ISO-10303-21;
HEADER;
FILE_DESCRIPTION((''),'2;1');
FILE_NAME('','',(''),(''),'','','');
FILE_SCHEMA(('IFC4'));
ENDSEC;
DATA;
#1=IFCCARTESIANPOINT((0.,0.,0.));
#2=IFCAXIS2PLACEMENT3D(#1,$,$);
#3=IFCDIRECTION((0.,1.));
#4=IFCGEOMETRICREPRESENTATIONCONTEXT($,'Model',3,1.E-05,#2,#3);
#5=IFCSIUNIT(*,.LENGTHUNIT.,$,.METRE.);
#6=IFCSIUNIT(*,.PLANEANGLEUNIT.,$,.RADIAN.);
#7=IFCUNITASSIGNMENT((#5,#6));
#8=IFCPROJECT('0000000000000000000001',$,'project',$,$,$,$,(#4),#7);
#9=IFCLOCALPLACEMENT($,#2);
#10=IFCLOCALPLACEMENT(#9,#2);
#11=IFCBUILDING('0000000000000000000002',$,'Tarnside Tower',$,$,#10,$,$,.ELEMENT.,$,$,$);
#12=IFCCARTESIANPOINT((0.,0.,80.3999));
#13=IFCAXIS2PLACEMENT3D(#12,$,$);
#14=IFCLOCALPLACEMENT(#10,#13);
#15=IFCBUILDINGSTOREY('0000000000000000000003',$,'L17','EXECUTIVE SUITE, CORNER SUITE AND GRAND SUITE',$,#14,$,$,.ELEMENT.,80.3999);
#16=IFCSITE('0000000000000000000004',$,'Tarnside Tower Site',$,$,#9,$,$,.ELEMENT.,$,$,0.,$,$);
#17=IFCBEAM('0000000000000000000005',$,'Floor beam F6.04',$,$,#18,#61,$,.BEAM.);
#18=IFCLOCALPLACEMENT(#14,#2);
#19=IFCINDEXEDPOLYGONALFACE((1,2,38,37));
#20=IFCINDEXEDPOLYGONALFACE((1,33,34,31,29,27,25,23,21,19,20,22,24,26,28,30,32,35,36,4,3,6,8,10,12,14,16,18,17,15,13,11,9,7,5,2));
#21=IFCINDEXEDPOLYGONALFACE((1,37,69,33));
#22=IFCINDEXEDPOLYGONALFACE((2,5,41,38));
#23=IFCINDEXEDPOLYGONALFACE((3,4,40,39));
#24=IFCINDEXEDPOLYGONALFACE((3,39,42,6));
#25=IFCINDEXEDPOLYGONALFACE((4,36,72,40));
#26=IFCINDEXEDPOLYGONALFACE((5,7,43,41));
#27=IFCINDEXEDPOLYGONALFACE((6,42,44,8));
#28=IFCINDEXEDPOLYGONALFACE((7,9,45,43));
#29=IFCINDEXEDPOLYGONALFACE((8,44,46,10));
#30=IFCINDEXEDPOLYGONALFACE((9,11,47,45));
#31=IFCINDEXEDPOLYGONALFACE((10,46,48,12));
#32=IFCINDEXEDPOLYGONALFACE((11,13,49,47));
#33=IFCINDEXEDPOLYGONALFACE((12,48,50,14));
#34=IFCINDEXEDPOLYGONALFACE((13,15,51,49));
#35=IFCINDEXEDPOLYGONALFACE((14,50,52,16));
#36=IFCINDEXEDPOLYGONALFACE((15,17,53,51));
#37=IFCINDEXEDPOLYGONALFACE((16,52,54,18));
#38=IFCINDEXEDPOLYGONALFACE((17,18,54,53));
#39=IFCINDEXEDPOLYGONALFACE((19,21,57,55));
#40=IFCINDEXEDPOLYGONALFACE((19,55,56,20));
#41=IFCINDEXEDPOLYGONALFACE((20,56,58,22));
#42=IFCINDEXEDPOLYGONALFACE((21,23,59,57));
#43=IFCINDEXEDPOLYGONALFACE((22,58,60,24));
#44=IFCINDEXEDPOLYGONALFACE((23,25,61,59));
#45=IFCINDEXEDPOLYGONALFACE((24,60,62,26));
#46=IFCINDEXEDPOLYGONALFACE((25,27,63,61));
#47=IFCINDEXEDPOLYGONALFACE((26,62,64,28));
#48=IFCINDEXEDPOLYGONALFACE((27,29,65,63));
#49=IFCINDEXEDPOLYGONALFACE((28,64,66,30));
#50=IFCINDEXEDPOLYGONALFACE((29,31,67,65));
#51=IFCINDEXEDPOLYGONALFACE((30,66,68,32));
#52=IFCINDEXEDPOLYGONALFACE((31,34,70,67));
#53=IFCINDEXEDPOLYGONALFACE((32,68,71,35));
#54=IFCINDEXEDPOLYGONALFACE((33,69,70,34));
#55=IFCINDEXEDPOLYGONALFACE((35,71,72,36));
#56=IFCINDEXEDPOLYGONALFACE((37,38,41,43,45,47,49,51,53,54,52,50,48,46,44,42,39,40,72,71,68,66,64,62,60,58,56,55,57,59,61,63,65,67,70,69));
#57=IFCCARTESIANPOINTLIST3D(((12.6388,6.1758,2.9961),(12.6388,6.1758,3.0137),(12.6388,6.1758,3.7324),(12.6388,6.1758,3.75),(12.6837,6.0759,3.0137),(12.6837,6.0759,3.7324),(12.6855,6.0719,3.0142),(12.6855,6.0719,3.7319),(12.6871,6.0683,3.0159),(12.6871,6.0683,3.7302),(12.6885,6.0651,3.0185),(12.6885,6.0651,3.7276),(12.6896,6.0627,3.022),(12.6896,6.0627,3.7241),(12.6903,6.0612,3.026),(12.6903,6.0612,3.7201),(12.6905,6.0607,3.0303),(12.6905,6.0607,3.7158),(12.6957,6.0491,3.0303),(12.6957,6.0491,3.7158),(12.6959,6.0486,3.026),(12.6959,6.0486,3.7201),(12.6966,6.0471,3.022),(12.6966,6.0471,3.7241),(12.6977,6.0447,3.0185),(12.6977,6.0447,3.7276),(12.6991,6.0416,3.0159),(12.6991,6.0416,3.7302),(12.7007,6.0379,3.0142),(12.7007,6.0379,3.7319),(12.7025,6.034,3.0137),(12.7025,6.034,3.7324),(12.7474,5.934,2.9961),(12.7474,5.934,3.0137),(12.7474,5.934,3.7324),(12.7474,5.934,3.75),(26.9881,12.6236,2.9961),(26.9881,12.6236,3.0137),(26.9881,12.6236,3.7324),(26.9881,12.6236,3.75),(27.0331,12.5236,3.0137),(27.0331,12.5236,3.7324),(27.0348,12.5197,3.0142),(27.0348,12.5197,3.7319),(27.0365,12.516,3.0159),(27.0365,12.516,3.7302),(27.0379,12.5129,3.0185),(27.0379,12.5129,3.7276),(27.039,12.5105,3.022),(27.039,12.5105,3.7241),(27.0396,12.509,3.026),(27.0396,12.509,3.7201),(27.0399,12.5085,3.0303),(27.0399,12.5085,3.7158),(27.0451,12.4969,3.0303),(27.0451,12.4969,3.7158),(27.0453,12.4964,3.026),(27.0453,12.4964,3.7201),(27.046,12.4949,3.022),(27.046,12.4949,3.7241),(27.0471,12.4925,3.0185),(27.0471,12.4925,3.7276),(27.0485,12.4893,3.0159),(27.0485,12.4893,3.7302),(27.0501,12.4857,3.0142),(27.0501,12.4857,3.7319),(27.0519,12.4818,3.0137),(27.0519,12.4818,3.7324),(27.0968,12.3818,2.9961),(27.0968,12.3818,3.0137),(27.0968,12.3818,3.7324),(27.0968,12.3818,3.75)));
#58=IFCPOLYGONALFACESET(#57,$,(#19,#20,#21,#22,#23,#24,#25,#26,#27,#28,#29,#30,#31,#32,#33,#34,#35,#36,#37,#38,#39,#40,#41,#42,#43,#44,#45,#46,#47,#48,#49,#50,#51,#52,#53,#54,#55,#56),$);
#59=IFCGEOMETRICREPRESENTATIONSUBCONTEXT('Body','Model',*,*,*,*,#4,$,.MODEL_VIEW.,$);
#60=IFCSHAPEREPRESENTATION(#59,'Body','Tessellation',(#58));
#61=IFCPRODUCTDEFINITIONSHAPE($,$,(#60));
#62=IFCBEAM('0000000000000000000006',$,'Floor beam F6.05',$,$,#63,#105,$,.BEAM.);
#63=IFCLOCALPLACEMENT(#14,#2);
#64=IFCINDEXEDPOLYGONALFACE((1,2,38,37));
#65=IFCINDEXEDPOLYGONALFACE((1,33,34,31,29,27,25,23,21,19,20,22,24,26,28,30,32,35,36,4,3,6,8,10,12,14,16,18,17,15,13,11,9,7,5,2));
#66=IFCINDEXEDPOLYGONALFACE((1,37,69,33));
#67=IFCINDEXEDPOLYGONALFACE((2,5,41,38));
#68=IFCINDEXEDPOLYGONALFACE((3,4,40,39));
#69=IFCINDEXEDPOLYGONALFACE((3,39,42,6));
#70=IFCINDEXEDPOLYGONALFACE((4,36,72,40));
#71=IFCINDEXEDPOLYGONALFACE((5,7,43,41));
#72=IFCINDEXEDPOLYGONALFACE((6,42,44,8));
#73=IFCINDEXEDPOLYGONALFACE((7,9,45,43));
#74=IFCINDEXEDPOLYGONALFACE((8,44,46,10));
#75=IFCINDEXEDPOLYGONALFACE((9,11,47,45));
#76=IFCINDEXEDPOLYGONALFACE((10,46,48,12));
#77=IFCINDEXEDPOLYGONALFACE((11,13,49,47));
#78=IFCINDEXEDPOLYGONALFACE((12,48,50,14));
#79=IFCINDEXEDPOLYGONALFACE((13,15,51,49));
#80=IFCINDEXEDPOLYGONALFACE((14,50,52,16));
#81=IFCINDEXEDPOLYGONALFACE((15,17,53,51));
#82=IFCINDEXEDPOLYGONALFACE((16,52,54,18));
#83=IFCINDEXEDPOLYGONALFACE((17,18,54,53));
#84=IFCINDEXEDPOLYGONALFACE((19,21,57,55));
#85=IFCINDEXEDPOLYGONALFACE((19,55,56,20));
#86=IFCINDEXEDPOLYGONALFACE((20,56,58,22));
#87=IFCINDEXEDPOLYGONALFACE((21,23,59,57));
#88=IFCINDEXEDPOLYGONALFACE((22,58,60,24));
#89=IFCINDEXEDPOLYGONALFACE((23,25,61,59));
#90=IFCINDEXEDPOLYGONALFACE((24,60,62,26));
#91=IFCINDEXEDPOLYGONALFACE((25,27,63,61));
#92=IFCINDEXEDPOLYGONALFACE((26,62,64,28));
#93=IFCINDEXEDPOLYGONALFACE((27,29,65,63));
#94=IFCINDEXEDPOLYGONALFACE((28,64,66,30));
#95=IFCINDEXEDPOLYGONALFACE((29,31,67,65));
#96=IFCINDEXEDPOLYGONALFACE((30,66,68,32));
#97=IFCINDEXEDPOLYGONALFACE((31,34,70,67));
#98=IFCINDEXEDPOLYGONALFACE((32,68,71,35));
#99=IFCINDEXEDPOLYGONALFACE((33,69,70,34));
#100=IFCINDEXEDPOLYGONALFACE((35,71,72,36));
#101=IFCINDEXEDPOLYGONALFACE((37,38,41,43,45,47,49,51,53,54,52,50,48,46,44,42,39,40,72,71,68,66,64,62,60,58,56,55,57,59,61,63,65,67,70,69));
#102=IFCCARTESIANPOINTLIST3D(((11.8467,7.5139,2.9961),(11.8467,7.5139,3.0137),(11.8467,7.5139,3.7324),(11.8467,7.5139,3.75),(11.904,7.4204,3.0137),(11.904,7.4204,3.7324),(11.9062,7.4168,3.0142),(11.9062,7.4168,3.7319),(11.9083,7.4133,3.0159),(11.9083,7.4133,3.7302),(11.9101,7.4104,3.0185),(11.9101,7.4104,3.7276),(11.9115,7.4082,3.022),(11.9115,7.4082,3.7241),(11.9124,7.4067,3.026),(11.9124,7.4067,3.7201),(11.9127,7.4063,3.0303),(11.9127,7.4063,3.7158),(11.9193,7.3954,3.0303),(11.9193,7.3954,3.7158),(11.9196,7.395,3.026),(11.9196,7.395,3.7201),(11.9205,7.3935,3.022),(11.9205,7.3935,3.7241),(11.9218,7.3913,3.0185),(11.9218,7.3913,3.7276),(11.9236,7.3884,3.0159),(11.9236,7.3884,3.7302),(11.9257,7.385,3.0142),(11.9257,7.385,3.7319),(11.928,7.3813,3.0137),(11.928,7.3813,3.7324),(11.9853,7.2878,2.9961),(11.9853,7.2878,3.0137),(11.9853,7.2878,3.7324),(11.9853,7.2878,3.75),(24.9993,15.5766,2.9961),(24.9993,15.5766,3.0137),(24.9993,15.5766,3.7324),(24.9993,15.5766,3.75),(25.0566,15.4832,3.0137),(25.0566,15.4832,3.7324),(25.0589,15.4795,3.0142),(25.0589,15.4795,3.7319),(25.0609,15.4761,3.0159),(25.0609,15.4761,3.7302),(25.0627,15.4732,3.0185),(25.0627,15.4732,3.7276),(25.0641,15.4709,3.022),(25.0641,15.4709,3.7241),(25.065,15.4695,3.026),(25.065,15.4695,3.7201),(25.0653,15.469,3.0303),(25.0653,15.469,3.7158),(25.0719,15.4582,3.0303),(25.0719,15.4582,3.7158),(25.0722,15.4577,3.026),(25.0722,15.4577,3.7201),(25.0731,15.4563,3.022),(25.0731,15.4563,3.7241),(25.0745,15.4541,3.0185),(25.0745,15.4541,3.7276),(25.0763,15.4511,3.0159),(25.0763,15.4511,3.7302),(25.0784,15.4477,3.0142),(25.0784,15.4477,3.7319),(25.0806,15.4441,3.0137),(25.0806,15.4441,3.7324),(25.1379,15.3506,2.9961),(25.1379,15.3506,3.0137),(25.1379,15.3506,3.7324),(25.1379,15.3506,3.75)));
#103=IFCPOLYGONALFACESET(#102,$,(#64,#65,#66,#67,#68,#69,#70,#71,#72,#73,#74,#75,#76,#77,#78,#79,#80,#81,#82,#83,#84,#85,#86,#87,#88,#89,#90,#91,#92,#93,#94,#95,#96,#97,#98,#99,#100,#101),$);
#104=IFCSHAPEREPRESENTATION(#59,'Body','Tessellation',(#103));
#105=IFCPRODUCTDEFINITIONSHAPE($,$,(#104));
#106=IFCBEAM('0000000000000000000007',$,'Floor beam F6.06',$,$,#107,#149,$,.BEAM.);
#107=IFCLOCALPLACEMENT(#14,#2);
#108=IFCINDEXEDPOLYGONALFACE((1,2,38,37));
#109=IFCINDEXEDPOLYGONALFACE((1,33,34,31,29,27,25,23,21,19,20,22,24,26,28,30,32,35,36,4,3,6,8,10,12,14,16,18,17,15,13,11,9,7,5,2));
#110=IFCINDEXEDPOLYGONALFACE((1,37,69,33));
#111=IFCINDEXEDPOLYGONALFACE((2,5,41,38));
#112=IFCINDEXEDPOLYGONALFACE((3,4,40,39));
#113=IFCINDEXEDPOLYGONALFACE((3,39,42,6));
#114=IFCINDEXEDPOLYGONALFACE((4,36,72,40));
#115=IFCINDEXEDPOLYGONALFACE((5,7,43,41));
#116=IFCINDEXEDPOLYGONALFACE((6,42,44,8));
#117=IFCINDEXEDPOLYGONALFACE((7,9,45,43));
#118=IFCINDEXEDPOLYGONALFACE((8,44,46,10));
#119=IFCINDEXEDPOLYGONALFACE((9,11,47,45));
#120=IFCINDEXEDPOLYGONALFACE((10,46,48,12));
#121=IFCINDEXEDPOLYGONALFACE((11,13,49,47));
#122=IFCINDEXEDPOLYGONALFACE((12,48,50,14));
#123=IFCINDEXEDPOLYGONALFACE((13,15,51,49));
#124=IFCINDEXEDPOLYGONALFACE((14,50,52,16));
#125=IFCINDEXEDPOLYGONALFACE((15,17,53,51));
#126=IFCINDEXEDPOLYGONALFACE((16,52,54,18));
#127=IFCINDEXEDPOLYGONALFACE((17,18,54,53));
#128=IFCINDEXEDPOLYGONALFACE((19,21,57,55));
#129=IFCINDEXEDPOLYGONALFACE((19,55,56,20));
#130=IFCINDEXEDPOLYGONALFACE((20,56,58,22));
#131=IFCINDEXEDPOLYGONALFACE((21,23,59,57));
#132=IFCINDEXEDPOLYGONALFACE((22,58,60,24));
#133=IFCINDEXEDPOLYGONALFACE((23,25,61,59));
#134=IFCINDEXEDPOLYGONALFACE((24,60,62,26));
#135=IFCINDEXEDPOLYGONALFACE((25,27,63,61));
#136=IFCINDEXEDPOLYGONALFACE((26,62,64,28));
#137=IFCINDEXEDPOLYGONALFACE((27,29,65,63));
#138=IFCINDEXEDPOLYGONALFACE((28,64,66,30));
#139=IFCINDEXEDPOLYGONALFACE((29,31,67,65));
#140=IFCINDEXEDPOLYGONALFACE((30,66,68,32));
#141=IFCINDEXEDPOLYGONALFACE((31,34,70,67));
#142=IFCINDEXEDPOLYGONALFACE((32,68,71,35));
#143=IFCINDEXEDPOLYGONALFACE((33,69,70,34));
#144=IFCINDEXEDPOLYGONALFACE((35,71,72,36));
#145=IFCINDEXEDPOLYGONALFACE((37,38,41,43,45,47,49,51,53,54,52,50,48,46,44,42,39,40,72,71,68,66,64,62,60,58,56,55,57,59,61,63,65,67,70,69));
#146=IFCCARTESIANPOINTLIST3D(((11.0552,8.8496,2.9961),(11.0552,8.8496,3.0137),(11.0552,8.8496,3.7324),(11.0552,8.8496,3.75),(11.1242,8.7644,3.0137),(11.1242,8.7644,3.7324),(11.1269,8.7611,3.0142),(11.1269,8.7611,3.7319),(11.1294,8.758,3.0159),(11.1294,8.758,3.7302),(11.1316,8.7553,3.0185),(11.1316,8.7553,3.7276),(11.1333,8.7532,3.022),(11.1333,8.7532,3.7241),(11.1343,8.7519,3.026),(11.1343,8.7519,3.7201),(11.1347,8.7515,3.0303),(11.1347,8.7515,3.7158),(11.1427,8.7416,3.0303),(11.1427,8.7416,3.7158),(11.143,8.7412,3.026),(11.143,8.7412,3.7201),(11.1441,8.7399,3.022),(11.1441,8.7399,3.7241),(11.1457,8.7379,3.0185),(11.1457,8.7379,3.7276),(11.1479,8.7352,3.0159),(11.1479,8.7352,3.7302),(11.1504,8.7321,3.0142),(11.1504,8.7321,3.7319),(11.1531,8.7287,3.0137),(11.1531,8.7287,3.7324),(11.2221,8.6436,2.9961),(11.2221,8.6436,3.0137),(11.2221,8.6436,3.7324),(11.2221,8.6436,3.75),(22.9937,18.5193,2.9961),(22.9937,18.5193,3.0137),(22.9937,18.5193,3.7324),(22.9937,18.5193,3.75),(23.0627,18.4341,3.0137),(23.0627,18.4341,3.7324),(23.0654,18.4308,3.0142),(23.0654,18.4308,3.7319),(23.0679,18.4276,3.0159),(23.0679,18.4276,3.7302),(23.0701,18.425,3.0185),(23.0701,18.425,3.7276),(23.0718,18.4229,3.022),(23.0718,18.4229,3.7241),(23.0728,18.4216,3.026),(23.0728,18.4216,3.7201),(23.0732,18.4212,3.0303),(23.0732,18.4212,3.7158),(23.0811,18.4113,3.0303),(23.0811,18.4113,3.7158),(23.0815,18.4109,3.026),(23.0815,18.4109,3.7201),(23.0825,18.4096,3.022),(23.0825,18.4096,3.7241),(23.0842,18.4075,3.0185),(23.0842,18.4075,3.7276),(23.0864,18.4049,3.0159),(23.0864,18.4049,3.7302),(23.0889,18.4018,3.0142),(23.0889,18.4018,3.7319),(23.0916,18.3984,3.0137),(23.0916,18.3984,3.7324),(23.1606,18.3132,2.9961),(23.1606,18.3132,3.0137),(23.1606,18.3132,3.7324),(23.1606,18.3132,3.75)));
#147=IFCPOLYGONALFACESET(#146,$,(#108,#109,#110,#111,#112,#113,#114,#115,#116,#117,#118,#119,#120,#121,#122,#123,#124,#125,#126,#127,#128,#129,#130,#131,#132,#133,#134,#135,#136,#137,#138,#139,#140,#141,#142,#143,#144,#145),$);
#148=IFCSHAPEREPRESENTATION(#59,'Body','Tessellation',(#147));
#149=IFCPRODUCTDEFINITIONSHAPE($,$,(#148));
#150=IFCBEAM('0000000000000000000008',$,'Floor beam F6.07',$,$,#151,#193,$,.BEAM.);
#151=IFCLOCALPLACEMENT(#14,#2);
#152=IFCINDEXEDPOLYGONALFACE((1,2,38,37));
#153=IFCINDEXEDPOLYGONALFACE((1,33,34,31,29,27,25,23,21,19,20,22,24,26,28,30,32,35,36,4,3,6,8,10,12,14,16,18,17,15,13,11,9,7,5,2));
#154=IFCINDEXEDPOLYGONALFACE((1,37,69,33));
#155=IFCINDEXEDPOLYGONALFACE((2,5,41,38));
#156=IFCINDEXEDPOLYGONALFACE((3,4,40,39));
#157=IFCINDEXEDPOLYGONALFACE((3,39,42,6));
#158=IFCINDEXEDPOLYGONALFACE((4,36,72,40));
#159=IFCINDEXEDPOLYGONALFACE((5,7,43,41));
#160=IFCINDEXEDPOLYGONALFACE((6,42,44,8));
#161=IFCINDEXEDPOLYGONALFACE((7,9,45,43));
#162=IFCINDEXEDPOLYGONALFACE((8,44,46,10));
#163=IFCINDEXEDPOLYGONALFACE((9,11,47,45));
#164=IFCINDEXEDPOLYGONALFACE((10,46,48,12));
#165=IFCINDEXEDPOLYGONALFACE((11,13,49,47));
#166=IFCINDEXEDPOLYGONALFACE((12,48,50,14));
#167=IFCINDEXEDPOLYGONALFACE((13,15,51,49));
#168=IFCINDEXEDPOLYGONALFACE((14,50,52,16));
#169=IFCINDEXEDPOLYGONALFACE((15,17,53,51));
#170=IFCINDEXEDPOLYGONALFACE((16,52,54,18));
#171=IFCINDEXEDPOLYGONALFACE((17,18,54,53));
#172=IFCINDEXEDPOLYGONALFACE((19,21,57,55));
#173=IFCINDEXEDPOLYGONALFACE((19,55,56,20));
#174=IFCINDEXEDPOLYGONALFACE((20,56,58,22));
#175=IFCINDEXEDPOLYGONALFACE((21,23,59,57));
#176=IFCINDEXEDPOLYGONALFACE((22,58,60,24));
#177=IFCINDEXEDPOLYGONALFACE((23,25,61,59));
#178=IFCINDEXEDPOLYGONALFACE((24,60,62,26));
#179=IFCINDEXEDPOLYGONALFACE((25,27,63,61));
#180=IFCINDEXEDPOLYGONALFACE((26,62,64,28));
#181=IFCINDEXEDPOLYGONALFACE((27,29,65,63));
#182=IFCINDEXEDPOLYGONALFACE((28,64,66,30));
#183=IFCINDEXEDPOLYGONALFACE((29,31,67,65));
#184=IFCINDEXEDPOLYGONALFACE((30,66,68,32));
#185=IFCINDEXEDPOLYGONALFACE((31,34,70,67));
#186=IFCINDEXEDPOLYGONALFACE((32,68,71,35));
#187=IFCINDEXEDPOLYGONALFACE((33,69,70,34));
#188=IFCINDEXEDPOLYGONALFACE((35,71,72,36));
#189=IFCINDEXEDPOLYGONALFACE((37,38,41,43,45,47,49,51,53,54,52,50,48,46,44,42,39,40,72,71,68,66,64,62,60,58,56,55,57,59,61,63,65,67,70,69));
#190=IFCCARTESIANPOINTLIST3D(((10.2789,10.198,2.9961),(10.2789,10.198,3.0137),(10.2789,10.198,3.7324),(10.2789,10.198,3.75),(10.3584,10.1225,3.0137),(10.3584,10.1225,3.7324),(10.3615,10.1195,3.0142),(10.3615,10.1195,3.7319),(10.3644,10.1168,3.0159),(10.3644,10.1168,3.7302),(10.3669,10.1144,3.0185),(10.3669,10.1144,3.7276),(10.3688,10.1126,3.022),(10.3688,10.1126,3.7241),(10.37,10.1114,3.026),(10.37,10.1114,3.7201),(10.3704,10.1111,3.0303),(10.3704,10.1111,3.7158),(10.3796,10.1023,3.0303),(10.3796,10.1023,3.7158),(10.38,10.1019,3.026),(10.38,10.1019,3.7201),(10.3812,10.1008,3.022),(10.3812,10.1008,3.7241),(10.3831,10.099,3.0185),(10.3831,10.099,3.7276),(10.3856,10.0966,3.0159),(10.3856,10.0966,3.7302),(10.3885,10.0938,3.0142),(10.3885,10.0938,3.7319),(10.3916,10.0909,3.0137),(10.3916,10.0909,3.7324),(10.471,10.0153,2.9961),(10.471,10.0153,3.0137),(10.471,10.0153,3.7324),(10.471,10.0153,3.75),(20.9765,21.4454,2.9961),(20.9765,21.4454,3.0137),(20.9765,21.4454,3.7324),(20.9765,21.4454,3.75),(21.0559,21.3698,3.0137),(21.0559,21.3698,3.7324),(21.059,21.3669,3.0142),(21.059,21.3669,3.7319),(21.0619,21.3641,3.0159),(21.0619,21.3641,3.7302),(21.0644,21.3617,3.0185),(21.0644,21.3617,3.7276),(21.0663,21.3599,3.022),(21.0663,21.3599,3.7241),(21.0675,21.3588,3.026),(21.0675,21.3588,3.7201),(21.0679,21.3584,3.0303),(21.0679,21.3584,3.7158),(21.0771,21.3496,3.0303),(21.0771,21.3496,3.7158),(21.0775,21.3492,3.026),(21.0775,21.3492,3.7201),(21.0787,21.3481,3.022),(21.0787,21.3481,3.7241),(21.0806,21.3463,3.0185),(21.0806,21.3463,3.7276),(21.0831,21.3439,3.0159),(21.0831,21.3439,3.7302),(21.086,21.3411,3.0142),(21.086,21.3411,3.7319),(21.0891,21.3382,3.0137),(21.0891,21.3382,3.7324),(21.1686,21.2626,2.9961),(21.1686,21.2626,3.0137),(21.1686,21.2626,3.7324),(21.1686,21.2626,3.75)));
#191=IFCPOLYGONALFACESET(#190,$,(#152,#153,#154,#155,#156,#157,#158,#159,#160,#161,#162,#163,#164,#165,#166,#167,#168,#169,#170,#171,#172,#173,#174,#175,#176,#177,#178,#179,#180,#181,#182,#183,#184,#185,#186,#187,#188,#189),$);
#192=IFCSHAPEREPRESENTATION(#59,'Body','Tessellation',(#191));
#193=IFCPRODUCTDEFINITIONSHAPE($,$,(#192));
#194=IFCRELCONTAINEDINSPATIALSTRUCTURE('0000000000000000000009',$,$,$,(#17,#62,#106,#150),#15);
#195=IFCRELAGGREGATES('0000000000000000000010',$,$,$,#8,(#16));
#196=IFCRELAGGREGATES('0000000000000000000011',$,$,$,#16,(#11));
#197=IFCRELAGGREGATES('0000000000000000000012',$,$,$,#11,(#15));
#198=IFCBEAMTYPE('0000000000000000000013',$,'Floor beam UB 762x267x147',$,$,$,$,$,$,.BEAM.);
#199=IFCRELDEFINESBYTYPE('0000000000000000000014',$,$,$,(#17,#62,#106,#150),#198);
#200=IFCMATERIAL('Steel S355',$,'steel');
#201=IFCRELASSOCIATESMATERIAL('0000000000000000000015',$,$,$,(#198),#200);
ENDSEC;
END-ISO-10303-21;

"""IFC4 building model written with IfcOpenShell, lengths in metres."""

from ifc_helpers import new_model, si_unit, direction, frame, origin, origin_2d, place, context, subcontext, project, spatial, i_section, extrude, material, material_profile, profile_set, type_object, element, save


model = new_model("IFC4")

# Units and contexts
model_context = context("Model", 3, precision=1e-05, world=origin(), true_north=direction((0.0, 1.0)))
body_context = subcontext(model_context, "Body", "Model", "MODEL_VIEW")
ifc_project = project(units=[si_unit("LENGTHUNIT", "METRE"), si_unit("PLANEANGLEUNIT", "RADIAN")], contexts=[model_context])

# Site, building, storey
site_placement = place(None, origin())
site = spatial("IfcSite", under=ifc_project, at=site_placement, Name="Tarnside Tower Site", CompositionType="ELEMENT", RefElevation=0.0)
building_placement = place(site_placement, origin())
building = spatial("IfcBuilding", under=site, at=building_placement, Name="Tarnside Tower", CompositionType="ELEMENT")
storey_placement = place(building_placement, frame((0.0, 0.0, 80.3999)))
storey = spatial("IfcBuildingStorey", under=building, at=storey_placement, Name="L17", Description="EXECUTIVE SUITE, CORNER SUITE AND GRAND SUITE", CompositionType="ELEMENT", Elevation=80.3999)

# Beams
ifc_material_1 = material(Name="Steel S355", Category="steel")
ifc_material_profile_1 = material_profile(ifc_material_1, i_section(OverallWidth=0.2651, OverallDepth=0.7539, WebThickness=0.0127, FlangeThickness=0.0176, FilletRadius=0.0166, at=origin_2d()), Name="UB 762x267x147")
ifc_profile_set_1 = profile_set([ifc_material_profile_1], Name="Steel S355")
beam_type_1 = type_object("IfcBeamType", Name="Floor beam UB 762x267x147", PredefinedType="BEAM", material=ifc_profile_set_1)
beam_1_placement = place(storey_placement, frame((27.0425, 12.5027, 3.373), z_axis=(-0.912146, -0.409865, 0.0), x_axis=(0.409865, -0.912146, 0.0)))
element("IfcBeam", 1, at=beam_1_placement, inside=storey, type_object=beam_type_1, Name="Floor beam F6.04", PredefinedType="BEAM", context=body_context, shape_type="SweptSolid", body=[
    extrude(i_section(OverallWidth=0.2651, OverallDepth=0.7539, WebThickness=0.0127, FlangeThickness=0.0176, FilletRadius=0.0166, at=origin_2d()), origin(), (0.0, 0.0, 1.0), 15.7314),
])
beam_2_placement = place(storey_placement, frame((25.0686, 15.4636, 3.373), z_axis=(-0.852558, -0.522632, 0.0), x_axis=(0.522632, -0.852558, 0.0)))
element("IfcBeam", 2, at=beam_2_placement, inside=storey, type_object=beam_type_1, Name="Floor beam F6.05", PredefinedType="BEAM", context=body_context, shape_type="SweptSolid", body=[
    extrude(i_section(OverallWidth=0.2651, OverallDepth=0.7539, WebThickness=0.0127, FlangeThickness=0.0176, FilletRadius=0.0166, at=origin_2d()), origin(), (0.0, 0.0, 1.0), 15.4272),
])
beam_3_placement = place(storey_placement, frame((23.0771, 18.4163, 3.373), z_axis=(-0.777079, -0.629403, 0.0), x_axis=(0.629403, -0.777079, 0.0)))
element("IfcBeam", 3, at=beam_3_placement, inside=storey, type_object=beam_type_1, Name="Floor beam F6.06", PredefinedType="BEAM", context=body_context, shape_type="SweptSolid", body=[
    extrude(i_section(OverallWidth=0.2651, OverallDepth=0.7539, WebThickness=0.0127, FlangeThickness=0.0176, FilletRadius=0.0166, at=origin_2d()), origin(), (0.0, 0.0, 1.0), 15.3633),
])
beam_4_placement = place(storey_placement, frame((21.0725, 21.354, 3.373), z_axis=(-0.689175, -0.724595, 0.0), x_axis=(0.724595, -0.689175, 0.0)))
element("IfcBeam", 4, at=beam_4_placement, inside=storey, type_object=beam_type_1, Name="Floor beam F6.07", PredefinedType="BEAM", context=body_context, shape_type="SweptSolid", body=[
    extrude(i_section(OverallWidth=0.2651, OverallDepth=0.7539, WebThickness=0.0127, FlangeThickness=0.0176, FilletRadius=0.0166, at=origin_2d()), origin(), (0.0, 0.0, 1.0), 15.5222),
])

save(model, "model.ifc")
